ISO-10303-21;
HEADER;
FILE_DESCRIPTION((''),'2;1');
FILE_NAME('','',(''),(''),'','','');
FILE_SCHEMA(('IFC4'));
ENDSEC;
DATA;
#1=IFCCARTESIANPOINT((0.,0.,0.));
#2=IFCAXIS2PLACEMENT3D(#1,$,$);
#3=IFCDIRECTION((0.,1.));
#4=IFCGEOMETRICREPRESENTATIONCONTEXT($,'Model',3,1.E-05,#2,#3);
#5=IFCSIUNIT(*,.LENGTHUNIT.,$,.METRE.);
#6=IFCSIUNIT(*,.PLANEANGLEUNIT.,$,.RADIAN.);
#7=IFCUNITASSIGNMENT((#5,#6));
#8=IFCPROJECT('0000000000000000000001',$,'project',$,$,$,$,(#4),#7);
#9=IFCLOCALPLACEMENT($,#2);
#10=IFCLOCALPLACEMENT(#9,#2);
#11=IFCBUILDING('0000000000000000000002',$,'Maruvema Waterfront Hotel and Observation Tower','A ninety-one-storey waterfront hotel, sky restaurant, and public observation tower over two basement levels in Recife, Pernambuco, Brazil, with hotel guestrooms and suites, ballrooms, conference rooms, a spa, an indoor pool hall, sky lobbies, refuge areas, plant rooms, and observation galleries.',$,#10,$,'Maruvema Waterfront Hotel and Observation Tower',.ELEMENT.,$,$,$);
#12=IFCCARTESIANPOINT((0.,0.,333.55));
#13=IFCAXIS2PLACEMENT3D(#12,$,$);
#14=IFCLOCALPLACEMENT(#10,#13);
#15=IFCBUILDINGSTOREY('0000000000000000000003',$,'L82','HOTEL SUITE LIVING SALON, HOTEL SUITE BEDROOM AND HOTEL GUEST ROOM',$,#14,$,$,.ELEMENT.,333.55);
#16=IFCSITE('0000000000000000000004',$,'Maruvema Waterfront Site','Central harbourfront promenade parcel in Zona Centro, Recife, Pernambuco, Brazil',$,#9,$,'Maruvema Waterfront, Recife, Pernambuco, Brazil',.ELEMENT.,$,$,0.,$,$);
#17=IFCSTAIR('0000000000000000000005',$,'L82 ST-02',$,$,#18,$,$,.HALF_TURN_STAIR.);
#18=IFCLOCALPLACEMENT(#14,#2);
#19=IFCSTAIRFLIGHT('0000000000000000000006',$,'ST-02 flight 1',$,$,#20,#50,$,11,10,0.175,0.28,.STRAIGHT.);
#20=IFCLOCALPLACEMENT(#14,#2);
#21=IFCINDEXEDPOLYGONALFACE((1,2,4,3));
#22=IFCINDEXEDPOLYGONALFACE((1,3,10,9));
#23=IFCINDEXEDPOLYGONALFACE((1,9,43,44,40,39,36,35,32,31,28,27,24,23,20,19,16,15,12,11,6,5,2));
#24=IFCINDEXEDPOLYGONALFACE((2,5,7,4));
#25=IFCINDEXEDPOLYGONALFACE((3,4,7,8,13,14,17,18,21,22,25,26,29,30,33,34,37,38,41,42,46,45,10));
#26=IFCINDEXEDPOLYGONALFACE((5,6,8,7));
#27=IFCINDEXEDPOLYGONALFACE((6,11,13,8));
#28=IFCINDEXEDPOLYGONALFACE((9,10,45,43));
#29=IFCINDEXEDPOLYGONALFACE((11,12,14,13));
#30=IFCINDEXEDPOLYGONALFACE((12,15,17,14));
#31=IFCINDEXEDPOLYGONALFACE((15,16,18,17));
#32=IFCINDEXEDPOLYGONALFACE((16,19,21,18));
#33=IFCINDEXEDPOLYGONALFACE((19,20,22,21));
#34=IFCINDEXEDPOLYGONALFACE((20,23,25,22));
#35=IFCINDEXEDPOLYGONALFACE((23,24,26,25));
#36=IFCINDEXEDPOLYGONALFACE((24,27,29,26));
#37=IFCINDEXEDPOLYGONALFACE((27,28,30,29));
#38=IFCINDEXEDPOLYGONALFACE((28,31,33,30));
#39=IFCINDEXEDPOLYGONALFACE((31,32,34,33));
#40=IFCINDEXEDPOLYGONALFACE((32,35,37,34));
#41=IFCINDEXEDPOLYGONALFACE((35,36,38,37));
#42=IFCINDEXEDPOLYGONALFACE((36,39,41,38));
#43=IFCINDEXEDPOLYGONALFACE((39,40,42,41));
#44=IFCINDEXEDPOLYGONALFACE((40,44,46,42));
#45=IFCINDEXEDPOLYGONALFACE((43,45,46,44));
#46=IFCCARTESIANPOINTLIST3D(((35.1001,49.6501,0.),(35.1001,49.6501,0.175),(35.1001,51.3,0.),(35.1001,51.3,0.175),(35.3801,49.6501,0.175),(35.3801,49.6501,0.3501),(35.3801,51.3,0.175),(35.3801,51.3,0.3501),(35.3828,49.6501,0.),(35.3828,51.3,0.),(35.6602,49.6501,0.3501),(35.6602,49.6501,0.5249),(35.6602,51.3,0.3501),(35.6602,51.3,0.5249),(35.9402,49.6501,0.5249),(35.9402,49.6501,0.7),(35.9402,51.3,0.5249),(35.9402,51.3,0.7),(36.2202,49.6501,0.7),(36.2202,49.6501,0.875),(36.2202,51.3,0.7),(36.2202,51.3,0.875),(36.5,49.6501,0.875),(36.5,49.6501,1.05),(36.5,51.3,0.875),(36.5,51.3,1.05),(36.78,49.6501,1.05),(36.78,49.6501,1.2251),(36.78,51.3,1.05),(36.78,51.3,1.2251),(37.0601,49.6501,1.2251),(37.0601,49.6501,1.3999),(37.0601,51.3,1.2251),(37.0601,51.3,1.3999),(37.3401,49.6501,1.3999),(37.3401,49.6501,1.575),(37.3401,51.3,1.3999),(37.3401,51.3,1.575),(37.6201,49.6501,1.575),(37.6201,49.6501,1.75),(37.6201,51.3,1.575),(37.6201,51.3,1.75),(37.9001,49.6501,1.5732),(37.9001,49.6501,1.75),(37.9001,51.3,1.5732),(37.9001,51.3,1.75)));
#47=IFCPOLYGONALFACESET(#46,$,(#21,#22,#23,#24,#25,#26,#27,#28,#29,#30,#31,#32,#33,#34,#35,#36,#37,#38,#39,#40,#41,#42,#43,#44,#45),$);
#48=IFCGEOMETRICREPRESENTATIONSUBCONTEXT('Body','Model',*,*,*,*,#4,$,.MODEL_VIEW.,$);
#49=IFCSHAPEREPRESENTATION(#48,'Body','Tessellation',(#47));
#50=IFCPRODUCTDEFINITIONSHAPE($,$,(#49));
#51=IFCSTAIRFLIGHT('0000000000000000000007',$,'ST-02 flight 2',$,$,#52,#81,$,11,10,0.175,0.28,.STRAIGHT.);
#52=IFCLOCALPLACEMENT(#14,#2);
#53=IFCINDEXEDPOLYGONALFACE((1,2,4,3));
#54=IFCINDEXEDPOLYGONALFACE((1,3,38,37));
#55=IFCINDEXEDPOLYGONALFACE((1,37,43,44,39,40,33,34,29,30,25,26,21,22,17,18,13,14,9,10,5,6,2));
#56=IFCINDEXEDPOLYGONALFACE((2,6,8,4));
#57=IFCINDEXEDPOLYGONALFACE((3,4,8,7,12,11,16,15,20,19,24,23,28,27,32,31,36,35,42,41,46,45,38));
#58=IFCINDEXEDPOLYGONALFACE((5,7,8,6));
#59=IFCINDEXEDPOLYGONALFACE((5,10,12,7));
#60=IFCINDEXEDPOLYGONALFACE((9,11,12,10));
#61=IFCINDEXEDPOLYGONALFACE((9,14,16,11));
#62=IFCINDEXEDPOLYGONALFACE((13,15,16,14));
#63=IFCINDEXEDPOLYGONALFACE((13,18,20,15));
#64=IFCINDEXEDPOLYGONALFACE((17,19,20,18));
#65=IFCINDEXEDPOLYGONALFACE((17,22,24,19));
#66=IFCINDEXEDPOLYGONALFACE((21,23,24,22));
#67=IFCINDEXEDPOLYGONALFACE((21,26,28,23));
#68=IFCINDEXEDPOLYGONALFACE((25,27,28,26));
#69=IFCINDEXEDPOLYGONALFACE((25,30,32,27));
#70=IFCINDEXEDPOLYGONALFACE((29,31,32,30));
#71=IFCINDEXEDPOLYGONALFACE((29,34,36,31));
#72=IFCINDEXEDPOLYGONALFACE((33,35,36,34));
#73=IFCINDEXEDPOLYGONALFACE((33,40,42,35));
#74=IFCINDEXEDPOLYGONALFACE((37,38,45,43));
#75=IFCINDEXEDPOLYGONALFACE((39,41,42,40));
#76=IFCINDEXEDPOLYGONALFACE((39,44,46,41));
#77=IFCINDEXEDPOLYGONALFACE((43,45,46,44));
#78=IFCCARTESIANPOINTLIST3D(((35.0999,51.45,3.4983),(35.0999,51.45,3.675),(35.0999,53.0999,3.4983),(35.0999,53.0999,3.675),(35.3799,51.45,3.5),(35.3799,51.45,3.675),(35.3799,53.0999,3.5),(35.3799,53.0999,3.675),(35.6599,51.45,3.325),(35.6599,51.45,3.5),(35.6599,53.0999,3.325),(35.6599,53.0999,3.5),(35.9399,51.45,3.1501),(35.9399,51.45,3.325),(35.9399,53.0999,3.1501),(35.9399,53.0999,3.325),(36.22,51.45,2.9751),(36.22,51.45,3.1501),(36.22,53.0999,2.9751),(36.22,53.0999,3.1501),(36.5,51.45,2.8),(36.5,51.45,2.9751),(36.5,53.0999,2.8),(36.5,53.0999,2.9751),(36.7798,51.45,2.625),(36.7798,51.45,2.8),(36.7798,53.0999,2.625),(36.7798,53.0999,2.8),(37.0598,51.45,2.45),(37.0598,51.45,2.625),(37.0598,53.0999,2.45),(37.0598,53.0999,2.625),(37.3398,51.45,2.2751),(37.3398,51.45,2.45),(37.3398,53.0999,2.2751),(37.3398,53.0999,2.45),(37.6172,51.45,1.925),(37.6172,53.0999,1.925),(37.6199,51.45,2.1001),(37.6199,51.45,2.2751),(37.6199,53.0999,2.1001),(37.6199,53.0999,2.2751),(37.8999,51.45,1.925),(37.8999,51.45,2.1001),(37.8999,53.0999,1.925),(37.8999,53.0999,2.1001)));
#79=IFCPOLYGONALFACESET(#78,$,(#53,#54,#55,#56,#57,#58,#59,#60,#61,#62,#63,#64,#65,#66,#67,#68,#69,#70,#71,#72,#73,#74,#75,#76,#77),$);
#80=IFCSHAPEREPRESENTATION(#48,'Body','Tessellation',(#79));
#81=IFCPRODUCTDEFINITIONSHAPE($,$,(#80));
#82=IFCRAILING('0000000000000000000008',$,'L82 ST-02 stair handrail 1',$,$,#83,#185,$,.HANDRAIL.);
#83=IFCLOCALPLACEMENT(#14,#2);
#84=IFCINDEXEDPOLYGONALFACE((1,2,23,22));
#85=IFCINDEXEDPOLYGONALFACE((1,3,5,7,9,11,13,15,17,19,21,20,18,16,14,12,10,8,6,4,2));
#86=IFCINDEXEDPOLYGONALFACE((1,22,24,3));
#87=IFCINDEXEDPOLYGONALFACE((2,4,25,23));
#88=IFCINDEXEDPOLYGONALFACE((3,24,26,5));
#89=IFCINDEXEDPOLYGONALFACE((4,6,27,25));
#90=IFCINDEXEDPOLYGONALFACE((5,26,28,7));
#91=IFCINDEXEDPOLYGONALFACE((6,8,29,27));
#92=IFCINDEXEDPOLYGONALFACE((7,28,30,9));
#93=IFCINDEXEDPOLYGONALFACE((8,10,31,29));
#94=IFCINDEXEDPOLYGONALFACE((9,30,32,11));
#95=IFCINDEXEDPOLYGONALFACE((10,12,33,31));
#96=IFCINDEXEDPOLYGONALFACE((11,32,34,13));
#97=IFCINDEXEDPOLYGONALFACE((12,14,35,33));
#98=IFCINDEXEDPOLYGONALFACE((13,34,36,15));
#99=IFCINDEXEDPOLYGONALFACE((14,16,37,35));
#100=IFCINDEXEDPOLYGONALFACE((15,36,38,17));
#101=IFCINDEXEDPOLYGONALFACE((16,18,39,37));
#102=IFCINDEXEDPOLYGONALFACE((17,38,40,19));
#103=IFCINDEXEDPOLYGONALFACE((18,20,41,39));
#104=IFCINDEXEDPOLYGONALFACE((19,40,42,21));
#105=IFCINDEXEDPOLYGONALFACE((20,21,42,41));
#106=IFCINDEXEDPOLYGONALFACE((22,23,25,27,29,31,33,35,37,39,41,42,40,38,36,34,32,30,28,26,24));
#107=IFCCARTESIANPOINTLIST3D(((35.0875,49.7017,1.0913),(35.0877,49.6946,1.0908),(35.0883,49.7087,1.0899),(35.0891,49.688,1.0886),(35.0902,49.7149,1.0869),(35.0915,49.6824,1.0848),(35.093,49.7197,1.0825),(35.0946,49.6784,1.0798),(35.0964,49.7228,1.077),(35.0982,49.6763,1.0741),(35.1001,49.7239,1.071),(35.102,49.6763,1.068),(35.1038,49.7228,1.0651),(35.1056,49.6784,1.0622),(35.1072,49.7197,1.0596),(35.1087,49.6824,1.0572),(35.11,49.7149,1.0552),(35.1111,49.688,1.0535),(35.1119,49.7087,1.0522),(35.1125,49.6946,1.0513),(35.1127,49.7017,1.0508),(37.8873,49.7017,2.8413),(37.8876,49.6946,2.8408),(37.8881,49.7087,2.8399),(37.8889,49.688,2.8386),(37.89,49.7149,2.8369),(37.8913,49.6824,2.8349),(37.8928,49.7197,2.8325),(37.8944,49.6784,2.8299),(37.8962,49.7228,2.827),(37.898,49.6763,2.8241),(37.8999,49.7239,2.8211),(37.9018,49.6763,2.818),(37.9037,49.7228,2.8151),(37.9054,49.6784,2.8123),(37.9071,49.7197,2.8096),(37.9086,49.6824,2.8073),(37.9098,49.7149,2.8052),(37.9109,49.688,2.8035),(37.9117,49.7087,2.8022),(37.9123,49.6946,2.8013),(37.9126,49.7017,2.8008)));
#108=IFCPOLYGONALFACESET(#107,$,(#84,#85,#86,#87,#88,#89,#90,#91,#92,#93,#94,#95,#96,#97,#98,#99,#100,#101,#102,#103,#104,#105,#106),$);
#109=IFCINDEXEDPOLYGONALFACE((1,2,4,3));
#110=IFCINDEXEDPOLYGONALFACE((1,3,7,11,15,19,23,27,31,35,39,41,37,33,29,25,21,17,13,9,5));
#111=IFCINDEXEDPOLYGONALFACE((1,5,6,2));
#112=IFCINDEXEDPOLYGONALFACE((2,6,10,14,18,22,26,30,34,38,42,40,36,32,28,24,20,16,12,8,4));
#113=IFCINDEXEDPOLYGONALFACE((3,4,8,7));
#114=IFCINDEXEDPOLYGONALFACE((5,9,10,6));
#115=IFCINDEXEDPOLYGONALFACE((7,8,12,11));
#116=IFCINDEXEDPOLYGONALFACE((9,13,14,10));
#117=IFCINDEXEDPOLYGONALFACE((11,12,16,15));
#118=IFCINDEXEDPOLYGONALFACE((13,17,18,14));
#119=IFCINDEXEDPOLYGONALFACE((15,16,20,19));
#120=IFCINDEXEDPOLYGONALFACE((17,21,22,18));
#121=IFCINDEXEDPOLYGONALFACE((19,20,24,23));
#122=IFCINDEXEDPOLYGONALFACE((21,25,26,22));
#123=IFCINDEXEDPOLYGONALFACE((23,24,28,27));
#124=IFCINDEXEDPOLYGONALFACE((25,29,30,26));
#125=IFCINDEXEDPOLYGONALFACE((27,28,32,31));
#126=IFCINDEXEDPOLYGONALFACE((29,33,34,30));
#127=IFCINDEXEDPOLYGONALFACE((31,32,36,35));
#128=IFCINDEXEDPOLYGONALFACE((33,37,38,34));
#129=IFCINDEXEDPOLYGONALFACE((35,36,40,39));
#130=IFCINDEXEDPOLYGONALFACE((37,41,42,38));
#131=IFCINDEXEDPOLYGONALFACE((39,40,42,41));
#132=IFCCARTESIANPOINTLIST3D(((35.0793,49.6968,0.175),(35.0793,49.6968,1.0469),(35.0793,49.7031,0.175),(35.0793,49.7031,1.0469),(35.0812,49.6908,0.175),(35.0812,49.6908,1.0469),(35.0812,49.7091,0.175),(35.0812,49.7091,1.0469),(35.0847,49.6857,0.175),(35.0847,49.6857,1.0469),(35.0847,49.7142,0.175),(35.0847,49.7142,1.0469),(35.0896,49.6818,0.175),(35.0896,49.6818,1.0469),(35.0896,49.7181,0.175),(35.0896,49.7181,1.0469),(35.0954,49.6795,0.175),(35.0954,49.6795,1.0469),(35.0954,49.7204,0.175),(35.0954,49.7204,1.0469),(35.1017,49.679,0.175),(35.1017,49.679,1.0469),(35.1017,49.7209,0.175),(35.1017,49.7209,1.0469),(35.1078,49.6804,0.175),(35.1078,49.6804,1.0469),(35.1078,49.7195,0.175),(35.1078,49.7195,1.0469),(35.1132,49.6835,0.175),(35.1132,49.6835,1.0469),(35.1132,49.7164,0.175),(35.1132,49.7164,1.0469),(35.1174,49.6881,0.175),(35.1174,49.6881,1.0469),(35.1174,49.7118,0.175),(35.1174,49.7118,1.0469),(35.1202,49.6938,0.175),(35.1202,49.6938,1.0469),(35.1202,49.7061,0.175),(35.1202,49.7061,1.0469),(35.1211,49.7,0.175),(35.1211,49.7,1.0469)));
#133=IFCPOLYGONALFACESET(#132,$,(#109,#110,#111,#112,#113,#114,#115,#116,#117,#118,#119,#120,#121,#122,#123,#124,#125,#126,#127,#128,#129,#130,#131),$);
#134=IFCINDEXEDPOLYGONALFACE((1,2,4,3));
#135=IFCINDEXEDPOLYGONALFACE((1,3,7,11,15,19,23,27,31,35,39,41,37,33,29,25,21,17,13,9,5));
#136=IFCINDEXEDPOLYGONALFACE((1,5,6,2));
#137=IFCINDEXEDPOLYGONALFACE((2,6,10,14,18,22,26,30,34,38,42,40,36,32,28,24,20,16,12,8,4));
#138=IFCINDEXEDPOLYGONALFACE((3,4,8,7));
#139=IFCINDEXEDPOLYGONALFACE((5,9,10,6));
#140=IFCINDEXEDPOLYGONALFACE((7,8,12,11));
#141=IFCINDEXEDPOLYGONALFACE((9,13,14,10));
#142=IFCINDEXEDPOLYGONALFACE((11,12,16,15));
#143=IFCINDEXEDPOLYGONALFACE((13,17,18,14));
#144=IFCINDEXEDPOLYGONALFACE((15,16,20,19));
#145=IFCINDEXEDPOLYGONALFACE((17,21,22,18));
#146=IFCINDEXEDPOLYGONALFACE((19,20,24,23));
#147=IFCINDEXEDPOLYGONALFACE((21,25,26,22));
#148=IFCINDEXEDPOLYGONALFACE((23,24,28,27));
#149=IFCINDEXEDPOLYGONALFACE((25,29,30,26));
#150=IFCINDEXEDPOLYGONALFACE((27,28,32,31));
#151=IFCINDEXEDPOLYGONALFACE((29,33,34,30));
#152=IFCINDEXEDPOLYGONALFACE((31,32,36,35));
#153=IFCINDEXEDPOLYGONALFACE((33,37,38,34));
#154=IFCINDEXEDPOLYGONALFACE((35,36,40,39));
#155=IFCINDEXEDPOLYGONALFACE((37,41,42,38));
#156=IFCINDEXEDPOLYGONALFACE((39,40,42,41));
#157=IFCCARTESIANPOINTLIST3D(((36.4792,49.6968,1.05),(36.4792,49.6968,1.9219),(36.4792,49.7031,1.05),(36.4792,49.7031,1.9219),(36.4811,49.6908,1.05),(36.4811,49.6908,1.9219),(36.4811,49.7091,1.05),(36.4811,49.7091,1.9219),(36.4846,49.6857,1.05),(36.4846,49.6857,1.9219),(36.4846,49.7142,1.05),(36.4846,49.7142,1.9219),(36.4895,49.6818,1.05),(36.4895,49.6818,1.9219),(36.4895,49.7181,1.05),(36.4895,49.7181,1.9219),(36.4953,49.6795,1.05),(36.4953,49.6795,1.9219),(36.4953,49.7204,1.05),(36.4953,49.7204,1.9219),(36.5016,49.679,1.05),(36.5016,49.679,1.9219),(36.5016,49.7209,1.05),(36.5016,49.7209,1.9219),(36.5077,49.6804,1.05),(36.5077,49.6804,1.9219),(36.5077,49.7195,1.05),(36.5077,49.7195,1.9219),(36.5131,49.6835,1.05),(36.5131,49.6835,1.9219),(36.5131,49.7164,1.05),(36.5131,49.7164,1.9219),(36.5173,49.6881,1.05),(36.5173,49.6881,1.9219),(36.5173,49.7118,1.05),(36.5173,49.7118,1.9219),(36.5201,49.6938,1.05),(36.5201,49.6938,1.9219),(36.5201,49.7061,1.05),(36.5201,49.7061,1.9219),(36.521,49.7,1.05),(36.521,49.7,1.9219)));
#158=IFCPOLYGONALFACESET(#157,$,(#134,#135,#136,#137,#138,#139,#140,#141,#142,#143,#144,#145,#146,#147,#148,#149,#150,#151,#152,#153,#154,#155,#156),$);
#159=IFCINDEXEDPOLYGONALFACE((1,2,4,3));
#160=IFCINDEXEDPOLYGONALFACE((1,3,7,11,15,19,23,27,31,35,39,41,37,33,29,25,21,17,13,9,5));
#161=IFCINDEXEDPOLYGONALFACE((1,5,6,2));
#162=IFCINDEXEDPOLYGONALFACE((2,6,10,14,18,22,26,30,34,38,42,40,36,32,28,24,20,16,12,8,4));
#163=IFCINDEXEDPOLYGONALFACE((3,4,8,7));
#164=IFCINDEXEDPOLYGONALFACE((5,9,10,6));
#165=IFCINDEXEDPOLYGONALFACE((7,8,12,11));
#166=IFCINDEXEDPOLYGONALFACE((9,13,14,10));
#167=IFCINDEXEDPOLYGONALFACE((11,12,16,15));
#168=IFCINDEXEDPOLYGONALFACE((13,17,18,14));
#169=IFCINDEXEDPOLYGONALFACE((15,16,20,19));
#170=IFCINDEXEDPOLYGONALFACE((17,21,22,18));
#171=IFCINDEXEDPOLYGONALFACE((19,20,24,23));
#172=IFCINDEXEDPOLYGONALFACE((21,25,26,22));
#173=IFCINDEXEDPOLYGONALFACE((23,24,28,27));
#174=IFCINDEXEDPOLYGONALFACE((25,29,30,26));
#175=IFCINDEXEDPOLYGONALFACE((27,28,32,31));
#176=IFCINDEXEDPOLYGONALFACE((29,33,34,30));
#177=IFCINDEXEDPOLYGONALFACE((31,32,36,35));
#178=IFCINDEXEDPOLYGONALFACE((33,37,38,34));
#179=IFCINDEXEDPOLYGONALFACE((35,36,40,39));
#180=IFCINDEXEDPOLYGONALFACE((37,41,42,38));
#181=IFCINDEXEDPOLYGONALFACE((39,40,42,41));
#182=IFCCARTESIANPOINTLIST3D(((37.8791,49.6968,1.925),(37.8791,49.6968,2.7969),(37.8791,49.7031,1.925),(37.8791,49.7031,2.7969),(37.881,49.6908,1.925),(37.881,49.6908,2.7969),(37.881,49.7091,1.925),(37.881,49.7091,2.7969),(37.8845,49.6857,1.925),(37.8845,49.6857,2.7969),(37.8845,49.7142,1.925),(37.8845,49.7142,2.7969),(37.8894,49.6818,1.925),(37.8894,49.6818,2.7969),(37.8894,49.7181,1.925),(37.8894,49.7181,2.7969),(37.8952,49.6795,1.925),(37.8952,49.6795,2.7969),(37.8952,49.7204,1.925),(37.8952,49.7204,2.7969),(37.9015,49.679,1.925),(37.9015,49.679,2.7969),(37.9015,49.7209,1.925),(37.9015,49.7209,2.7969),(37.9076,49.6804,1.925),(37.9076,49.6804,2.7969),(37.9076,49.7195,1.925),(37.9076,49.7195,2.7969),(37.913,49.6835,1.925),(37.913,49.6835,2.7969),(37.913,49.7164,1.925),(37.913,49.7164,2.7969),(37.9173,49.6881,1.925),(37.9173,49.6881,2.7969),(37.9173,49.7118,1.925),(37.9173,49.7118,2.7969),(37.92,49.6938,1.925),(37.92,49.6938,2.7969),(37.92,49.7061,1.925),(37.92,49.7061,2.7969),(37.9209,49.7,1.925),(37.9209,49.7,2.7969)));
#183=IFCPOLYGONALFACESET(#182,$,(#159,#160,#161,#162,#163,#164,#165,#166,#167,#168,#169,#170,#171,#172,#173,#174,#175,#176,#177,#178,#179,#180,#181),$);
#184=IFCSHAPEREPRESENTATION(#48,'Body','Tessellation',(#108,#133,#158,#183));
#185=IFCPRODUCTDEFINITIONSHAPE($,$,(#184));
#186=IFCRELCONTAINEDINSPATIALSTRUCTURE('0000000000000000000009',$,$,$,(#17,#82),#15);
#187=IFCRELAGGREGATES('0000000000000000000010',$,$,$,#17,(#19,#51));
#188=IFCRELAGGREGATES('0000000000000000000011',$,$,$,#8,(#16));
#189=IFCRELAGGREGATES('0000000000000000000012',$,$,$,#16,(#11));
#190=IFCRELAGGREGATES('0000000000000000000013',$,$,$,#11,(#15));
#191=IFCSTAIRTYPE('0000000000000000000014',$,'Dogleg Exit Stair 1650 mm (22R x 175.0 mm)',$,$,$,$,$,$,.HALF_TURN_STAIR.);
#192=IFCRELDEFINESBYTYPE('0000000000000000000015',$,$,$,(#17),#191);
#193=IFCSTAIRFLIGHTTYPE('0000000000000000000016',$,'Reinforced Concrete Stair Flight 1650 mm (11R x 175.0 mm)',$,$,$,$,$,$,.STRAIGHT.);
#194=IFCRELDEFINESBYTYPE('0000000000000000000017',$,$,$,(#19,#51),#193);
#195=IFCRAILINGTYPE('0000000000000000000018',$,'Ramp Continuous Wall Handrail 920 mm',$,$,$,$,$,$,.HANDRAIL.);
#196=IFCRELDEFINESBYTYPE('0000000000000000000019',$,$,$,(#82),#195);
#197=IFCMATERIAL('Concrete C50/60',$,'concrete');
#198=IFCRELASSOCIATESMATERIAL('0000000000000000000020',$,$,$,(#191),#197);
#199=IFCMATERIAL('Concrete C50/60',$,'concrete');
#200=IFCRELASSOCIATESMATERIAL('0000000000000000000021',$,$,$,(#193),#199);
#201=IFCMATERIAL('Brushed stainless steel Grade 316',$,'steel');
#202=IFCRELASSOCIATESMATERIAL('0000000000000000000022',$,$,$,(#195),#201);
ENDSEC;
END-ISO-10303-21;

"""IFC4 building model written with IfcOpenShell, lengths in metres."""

from ifc_helpers import new_model, si_unit, direction, frame, origin, origin_2d, place, context, subcontext, project, spatial, polyline, circle, outline, extrude, material, type_object, element, aggregate, save


model = new_model("IFC4")

# Units and contexts
model_context = context("Model", 3, precision=1e-05, world=origin(), true_north=direction((0.0, 1.0)))
body_context = subcontext(model_context, "Body", "Model", "MODEL_VIEW")
ifc_project = project(units=[si_unit("LENGTHUNIT", "METRE"), si_unit("PLANEANGLEUNIT", "RADIAN")], contexts=[model_context])

# Site, building, storey
site_placement = place(None, origin())
site = spatial("IfcSite", under=ifc_project, at=site_placement, Name="Maruvema Waterfront Site", Description="Central harbourfront promenade parcel in Zona Centro, Recife, Pernambuco, Brazil", LongName="Maruvema Waterfront, Recife, Pernambuco, Brazil", CompositionType="ELEMENT", RefElevation=0.0)
building_placement = place(site_placement, origin())
building = spatial("IfcBuilding", under=site, at=building_placement, Name="Maruvema Waterfront Hotel and Observation Tower", Description="A ninety-one-storey waterfront hotel, sky restaurant, and public observation tower over two basement levels in Recife, Pernambuco, Brazil, with hotel guestrooms and suites, ballrooms, conference rooms, a spa, an indoor pool hall, sky lobbies, refuge areas, plant rooms, and observation galleries.", LongName="Maruvema Waterfront Hotel and Observation Tower", CompositionType="ELEMENT")
storey_placement = place(building_placement, frame((0.0, 0.0, 333.55)))
storey = spatial("IfcBuildingStorey", under=building, at=storey_placement, Name="L82", Description="HOTEL SUITE LIVING SALON, HOTEL SUITE BEDROOM AND HOTEL GUEST ROOM", CompositionType="ELEMENT", Elevation=333.55)

# Stair, stair flights
ifc_material_1 = material(Name="Concrete C50/60", Category="concrete")
stair_type = type_object("IfcStairType", Name="Dogleg Exit Stair 1650 mm (22R x 175.0 mm)", PredefinedType="HALF_TURN_STAIR", material=ifc_material_1)
stair_placement = place(storey_placement, origin())
stair = element("IfcStair", 1, at=stair_placement, inside=storey, type_object=stair_type, Name="L82 ST-02", PredefinedType="HALF_TURN_STAIR")
ifc_material_2 = material(Name="Concrete C50/60", Category="concrete")
stair_flight_type = type_object("IfcStairFlightType", Name="Reinforced Concrete Stair Flight 1650 mm (11R x 175.0 mm)", PredefinedType="STRAIGHT", material=ifc_material_2)
stair_flight_1_placement = place(storey_placement, frame((35.1001, 50.4751, 0.0), z_axis=(0.0, 0.0, 1.0), x_axis=(1.0, 0.0, 0.0)))
stair_flight_1 = element("IfcStairFlight", 2, at=stair_flight_1_placement, type_object=stair_flight_type, Name="ST-02 flight 1", NumberOfRisers=11, NumberOfTreads=10, PredefinedType="STRAIGHT", RiserHeight=0.175, TreadLength=0.28, context=body_context, shape_type="SweptSolid", body=[
    extrude(outline(polyline([(0.0, 0.0), (0.0, 0.175), (0.28, 0.175), (0.28, 0.3501), (0.5601, 0.3501), (0.5601, 0.5249), (0.8401, 0.5249), (0.8401, 0.7), (1.1201, 0.7), (1.1201, 0.875), (1.3999, 0.875), (1.3999, 1.05), (1.6799, 1.05), (1.6799, 1.2251), (1.96, 1.2251), (1.96, 1.3999), (2.24, 1.3999), (2.24, 1.575), (2.52, 1.575), (2.52, 1.75), (2.8, 1.75), (2.8, 1.925), (2.8, 1.5732), (0.2827, 0.0), (0.0, 0.0)])), frame((0.0, 0.825, 0.0), z_axis=(0.0, -1.0, 0.0), x_axis=(1.0, 0.0, 0.0)), (0.0, 0.0, 1.0), 1.6499),
])
stair_flight_2_placement = place(storey_placement, frame((37.8999, 52.2749, 1.925), z_axis=(0.0, 0.0, 1.0), x_axis=(-1.0, 0.0, 0.0)))
stair_flight_2 = element("IfcStairFlight", 3, at=stair_flight_2_placement, type_object=stair_flight_type, Name="ST-02 flight 2", NumberOfRisers=11, NumberOfTreads=10, PredefinedType="STRAIGHT", RiserHeight=0.175, TreadLength=0.28, context=body_context, shape_type="SweptSolid", body=[
    extrude(outline(polyline([(0.0, 0.0), (0.0, 0.175), (0.28, 0.175), (0.28, 0.3501), (0.5601, 0.3501), (0.5601, 0.5249), (0.8401, 0.5249), (0.8401, 0.7), (1.1201, 0.7), (1.1201, 0.875), (1.3999, 0.875), (1.3999, 1.05), (1.6799, 1.05), (1.6799, 1.2251), (1.96, 1.2251), (1.96, 1.3999), (2.24, 1.3999), (2.24, 1.575), (2.52, 1.575), (2.52, 1.75), (2.8, 1.75), (2.8, 1.925), (2.8, 1.5732), (0.2827, 0.0), (0.0, 0.0)])), frame((0.0, 0.825, 0.0), z_axis=(0.0, -1.0, 0.0), x_axis=(1.0, 0.0, 0.0)), (0.0, 0.0, 1.0), 1.6499),
])
aggregate(stair, [stair_flight_1, stair_flight_2])

# Railing
ifc_material_3 = material(Name="Brushed stainless steel Grade 316", Category="steel")
railing_type_1 = type_object("IfcRailingType", Name="Ramp Continuous Wall Handrail 920 mm", PredefinedType="HANDRAIL", material=ifc_material_3)
railing_1_placement = place(storey_placement, frame((35.1001, 49.7, 0.175)))
element("IfcRailing", 4, at=railing_1_placement, inside=storey, type_object=railing_type_1, Name="L82 ST-02 stair handrail 1", PredefinedType="HANDRAIL", context=body_context, shape_type="SweptSolid", body=[
    extrude(circle(Radius=0.0239, at=origin_2d()), frame((0.0, 0.0, 0.896), z_axis=(0.847982, 0.0, 0.530026), x_axis=(0.0, 1.0, 0.0)), (0.0, 0.0, 1.0), 3.3018),
    extrude(circle(Radius=0.021, at=origin_2d()), origin(), (0.0, 0.0, 1.0), 0.8718),
    extrude(circle(Radius=0.021, at=origin_2d()), frame((1.3999, 0.0, 0.875)), (0.0, 0.0, 1.0), 0.8718),
    extrude(circle(Radius=0.021, at=origin_2d()), frame((2.7998, 0.0, 1.75)), (0.0, 0.0, 1.0), 0.8718),
])

save(model, "model.ifc")
